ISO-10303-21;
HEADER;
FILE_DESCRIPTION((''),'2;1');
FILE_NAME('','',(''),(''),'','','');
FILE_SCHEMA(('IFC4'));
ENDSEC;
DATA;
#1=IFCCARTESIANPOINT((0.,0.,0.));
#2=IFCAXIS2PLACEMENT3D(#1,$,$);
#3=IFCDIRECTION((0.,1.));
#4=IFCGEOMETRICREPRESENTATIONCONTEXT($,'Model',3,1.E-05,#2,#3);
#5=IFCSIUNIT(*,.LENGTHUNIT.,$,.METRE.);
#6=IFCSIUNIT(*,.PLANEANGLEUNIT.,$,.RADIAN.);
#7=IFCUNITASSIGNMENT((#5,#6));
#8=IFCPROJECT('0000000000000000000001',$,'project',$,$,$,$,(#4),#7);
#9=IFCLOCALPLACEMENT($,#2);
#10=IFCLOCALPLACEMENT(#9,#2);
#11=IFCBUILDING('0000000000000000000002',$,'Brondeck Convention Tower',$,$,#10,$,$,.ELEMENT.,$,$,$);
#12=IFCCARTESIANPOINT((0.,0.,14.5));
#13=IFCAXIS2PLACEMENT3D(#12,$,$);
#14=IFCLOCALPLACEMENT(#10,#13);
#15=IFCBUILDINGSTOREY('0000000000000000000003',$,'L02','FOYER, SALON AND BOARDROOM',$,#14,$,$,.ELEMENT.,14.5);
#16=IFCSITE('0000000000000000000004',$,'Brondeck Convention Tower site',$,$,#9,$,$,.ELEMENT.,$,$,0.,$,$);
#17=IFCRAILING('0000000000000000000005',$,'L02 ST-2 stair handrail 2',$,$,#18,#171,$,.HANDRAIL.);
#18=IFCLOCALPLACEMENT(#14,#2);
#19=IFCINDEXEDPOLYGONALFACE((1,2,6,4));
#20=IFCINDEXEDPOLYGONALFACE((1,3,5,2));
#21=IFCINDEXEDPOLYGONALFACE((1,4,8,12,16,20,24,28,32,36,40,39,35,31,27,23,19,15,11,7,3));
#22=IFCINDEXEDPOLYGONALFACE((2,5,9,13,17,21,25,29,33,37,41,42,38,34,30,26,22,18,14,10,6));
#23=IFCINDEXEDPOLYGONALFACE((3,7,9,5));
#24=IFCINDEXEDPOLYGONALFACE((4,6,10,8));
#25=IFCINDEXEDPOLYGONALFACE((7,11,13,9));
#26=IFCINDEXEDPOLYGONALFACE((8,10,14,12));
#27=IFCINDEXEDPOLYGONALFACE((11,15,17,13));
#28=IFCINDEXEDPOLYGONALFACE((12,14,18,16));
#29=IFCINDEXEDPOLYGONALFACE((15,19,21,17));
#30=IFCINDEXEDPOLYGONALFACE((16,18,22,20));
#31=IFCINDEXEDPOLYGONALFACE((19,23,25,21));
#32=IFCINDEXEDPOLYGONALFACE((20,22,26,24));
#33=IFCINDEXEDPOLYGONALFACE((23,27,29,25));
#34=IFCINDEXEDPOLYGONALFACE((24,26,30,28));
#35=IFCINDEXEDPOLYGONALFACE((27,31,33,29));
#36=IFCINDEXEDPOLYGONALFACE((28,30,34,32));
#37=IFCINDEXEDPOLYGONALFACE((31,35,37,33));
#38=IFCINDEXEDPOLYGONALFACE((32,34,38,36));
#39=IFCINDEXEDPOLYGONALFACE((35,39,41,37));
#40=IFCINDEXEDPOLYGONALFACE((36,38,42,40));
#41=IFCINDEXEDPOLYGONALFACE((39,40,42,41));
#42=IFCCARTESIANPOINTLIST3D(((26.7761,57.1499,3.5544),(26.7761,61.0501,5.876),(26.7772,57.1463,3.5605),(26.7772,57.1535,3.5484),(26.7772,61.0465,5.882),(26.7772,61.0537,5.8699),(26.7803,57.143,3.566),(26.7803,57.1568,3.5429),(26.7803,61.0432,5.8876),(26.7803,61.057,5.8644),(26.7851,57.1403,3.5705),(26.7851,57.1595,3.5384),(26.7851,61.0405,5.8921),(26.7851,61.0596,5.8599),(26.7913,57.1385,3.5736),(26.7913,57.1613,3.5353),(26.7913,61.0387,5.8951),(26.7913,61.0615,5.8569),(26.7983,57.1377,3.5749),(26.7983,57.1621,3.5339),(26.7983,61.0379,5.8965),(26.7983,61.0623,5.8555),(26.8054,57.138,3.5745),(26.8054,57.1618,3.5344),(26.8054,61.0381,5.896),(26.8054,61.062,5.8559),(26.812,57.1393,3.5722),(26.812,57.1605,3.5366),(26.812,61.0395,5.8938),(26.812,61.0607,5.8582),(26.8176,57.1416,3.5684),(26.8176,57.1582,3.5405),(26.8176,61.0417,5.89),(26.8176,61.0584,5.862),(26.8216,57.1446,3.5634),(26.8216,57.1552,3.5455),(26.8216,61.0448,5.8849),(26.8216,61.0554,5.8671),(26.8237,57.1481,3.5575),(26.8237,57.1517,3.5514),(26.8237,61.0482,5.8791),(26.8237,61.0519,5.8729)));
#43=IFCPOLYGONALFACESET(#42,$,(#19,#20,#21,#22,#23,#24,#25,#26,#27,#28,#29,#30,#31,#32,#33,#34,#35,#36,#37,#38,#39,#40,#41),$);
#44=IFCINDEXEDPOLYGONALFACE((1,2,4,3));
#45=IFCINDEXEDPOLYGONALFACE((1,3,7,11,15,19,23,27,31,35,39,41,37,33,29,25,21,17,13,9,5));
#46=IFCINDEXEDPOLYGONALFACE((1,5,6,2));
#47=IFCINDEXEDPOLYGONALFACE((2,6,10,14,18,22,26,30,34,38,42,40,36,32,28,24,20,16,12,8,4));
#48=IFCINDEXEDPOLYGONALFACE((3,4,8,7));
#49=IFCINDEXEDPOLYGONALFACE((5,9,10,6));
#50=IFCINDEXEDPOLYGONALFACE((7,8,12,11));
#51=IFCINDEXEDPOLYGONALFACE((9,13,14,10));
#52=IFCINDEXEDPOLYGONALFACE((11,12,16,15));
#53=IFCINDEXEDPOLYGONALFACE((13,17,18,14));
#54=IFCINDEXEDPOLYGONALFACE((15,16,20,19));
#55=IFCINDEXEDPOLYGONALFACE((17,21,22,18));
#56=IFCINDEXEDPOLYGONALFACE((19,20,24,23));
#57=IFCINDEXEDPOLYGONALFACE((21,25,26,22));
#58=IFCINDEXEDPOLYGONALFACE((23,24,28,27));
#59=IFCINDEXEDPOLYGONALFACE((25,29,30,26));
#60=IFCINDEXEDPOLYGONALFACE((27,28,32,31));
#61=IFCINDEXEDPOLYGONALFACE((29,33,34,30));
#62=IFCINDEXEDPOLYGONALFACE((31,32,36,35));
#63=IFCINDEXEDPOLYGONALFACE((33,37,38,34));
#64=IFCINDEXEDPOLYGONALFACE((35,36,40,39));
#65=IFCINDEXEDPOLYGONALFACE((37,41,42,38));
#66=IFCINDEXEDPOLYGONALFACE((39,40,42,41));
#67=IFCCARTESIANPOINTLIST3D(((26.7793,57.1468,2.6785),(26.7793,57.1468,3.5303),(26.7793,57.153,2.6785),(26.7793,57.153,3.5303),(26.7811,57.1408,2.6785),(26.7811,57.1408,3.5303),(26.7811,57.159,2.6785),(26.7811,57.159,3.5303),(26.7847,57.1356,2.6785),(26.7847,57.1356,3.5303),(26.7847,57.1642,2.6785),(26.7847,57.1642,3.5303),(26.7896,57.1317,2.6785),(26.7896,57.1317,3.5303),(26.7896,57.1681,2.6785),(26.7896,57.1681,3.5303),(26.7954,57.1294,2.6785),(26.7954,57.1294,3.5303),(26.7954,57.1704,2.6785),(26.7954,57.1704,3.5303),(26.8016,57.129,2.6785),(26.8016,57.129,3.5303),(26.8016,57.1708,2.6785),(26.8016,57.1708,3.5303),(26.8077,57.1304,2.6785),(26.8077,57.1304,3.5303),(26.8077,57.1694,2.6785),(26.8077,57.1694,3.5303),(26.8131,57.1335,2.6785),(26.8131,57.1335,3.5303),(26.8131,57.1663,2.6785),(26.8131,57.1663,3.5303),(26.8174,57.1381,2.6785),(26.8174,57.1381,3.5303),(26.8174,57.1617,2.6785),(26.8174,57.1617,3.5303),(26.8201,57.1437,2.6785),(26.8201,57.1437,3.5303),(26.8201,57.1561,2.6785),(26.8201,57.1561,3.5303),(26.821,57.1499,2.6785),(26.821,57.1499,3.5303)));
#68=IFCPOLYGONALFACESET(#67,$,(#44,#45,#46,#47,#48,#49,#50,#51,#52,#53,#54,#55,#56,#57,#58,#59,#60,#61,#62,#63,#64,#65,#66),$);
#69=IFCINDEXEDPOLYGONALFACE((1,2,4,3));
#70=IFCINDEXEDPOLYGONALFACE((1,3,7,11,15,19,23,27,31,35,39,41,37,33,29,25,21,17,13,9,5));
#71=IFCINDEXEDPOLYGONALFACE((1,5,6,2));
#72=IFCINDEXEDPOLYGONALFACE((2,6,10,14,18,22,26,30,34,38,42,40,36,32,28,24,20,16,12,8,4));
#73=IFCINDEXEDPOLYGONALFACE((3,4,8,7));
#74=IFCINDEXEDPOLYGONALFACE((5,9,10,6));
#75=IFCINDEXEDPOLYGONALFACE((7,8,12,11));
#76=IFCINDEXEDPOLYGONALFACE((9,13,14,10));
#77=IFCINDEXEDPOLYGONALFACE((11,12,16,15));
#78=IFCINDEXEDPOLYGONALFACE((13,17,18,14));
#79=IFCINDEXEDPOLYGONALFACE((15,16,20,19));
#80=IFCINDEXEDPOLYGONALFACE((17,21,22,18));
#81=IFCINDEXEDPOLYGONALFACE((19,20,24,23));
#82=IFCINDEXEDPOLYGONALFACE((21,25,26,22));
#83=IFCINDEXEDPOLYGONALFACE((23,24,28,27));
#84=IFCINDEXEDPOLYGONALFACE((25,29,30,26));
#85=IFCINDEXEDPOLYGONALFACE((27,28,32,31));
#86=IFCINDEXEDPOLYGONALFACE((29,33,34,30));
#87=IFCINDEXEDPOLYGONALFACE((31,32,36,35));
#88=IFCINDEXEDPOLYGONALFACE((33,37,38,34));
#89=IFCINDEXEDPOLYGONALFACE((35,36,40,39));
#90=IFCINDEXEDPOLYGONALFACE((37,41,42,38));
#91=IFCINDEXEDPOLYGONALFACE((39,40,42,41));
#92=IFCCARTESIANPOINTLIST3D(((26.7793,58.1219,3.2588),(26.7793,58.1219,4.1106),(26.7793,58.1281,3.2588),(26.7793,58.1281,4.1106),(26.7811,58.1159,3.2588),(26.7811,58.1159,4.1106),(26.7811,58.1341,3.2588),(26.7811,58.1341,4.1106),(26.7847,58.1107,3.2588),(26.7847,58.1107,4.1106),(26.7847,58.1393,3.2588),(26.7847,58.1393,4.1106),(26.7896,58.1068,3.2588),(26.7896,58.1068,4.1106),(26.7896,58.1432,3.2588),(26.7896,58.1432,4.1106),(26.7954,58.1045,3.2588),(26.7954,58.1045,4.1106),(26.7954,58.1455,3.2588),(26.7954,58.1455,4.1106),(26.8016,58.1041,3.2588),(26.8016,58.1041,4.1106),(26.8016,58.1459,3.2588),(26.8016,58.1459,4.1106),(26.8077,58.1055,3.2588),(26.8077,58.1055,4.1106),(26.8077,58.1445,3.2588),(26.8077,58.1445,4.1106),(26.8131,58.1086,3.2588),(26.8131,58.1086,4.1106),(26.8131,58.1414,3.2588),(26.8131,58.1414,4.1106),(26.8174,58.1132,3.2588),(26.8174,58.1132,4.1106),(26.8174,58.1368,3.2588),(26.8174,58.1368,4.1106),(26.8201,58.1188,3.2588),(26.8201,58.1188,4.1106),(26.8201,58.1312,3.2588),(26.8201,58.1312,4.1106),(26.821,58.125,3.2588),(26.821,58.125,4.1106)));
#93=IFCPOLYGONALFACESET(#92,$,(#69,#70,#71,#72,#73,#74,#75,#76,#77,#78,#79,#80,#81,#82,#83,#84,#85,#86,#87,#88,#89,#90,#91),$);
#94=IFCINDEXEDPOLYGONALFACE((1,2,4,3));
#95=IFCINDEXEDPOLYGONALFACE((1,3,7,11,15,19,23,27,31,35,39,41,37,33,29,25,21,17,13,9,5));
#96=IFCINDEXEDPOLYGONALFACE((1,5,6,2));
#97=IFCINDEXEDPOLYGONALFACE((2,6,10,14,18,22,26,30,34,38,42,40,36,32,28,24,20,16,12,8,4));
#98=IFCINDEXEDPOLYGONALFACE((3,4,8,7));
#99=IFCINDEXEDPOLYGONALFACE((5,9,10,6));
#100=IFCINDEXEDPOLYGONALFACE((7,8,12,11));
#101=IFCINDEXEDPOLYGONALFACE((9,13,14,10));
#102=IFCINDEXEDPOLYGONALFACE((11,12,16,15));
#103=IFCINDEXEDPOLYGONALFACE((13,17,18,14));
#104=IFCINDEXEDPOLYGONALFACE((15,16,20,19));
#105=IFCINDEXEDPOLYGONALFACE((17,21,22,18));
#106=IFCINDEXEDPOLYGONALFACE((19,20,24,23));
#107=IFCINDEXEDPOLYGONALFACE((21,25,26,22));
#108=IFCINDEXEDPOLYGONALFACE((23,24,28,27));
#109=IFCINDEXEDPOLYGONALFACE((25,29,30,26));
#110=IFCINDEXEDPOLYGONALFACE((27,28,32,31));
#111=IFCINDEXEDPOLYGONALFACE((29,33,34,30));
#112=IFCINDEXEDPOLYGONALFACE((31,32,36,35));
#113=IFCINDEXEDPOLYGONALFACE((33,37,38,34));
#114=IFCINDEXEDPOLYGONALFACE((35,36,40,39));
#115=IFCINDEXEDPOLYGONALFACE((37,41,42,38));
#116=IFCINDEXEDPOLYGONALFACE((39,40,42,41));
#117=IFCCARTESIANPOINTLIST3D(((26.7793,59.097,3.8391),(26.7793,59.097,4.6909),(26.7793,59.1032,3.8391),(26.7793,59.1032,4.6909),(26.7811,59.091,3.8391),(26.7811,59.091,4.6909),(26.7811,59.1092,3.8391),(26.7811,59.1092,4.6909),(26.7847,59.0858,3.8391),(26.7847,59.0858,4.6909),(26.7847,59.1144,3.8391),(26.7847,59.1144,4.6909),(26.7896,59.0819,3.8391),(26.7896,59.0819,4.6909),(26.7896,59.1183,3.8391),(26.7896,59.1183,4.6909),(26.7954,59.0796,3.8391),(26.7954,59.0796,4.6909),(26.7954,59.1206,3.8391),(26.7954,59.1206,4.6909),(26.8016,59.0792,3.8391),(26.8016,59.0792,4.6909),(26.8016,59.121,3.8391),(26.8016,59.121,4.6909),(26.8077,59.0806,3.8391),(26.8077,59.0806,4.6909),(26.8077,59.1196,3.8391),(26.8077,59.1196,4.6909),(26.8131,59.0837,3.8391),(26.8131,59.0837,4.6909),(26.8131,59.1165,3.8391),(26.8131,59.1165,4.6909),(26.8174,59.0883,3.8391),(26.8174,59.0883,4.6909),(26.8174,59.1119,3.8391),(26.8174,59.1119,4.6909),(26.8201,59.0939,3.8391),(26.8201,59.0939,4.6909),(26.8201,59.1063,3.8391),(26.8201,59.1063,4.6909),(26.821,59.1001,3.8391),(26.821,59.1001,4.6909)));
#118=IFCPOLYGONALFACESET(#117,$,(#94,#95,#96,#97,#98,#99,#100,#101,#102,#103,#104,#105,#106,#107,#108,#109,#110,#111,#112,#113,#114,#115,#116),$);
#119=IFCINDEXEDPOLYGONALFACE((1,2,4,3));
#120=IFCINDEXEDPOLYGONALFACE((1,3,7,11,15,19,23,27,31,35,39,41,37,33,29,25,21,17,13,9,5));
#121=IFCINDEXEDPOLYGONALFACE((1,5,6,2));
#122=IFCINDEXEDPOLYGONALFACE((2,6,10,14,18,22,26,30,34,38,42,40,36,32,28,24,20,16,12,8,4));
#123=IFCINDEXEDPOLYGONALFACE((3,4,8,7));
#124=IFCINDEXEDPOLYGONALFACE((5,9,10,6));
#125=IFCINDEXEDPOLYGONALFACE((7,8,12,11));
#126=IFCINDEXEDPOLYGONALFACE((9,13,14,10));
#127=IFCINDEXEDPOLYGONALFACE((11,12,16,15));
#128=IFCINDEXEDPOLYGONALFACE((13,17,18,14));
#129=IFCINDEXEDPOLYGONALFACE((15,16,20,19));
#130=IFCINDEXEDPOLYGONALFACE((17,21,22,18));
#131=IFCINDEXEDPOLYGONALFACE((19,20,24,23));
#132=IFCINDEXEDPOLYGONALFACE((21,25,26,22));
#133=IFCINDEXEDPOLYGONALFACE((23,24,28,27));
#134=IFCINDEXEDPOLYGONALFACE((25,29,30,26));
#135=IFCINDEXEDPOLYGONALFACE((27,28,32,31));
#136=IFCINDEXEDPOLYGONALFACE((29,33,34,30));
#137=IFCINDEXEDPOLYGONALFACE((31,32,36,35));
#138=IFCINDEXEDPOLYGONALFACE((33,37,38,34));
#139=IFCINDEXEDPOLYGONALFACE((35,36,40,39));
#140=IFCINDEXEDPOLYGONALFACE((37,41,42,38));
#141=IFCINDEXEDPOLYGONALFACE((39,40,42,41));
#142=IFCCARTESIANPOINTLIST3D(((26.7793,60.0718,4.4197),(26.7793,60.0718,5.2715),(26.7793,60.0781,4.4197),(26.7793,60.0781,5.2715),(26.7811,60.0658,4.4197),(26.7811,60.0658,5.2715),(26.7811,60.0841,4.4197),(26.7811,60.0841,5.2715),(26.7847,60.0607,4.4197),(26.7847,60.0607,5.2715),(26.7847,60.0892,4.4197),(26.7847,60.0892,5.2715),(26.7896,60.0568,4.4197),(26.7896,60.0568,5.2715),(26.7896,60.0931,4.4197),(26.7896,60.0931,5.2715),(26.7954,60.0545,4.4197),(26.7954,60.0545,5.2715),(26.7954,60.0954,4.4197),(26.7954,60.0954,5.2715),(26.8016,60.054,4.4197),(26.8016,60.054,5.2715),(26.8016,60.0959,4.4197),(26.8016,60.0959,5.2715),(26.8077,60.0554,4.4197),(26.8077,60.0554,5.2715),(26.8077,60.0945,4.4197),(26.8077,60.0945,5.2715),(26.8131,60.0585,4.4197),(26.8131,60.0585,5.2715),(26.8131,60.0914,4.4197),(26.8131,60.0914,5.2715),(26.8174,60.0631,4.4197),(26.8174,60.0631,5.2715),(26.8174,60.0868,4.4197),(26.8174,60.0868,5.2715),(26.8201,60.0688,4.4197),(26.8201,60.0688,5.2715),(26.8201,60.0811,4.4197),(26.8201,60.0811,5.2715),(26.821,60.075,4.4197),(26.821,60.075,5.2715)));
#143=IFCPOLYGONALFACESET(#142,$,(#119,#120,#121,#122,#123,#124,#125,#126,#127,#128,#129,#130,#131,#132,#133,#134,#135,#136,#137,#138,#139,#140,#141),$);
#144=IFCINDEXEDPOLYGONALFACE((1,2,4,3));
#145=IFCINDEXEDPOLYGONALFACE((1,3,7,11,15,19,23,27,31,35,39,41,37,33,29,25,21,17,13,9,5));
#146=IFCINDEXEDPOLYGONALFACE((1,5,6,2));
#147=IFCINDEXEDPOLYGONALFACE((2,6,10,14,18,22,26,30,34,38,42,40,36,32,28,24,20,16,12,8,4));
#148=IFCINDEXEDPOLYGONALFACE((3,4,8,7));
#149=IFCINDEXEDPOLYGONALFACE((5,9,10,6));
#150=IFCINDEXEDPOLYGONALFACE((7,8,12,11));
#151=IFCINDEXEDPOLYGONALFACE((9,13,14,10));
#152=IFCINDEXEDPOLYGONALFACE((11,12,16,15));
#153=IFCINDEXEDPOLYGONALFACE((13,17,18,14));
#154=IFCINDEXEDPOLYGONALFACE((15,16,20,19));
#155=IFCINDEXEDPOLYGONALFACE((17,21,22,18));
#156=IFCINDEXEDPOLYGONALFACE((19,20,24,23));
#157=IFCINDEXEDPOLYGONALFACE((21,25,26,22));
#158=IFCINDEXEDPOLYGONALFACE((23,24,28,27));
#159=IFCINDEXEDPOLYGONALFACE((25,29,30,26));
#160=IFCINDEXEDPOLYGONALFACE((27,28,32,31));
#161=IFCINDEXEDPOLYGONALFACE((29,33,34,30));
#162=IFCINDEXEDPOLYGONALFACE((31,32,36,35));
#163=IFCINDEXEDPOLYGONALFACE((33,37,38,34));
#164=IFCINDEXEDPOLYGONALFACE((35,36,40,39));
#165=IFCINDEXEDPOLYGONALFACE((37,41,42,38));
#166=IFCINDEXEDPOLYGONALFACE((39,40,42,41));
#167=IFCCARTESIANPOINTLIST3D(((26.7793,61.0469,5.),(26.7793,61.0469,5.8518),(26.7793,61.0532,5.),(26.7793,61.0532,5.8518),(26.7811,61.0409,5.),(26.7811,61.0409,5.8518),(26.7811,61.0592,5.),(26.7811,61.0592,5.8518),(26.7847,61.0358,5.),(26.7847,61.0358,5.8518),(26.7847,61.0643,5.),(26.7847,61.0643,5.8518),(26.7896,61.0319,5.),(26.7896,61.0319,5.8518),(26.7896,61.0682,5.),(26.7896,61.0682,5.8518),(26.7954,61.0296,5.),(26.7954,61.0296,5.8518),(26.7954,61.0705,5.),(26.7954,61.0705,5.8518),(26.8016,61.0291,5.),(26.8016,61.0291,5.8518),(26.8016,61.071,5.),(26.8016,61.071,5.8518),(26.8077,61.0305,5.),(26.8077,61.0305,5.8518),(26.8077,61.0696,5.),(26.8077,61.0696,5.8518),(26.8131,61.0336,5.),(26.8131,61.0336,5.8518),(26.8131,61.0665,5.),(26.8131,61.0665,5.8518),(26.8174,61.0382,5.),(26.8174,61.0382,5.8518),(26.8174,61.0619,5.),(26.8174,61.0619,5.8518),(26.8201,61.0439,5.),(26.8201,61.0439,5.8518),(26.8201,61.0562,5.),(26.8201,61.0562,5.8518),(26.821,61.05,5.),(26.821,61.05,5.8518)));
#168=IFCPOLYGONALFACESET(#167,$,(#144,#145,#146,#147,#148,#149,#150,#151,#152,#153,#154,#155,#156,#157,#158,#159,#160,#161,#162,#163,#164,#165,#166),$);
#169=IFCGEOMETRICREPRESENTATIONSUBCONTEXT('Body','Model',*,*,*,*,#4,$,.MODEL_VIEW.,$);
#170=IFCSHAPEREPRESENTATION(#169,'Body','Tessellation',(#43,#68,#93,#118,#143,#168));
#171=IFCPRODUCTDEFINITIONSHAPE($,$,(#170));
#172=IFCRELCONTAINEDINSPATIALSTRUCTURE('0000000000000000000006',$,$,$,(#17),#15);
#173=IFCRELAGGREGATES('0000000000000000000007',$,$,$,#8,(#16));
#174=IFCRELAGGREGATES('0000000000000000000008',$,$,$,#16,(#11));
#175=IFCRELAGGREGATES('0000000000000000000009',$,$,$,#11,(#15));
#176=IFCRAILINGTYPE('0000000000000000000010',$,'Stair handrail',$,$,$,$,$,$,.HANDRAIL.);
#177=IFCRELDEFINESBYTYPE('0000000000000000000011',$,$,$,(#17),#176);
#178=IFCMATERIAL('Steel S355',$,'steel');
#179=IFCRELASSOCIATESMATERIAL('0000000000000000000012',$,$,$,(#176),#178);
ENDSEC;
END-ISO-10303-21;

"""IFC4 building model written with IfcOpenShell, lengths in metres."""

from ifc_helpers import new_model, si_unit, direction, frame, origin, origin_2d, place, context, subcontext, project, spatial, circle, extrude, material, type_object, element, save


model = new_model("IFC4")

# Units and contexts
model_context = context("Model", 3, precision=1e-05, world=origin(), true_north=direction((0.0, 1.0)))
body_context = subcontext(model_context, "Body", "Model", "MODEL_VIEW")
ifc_project = project(units=[si_unit("LENGTHUNIT", "METRE"), si_unit("PLANEANGLEUNIT", "RADIAN")], contexts=[model_context])

# Site, building, storey
site_placement = place(None, origin())
site = spatial("IfcSite", under=ifc_project, at=site_placement, Name="Brondeck Convention Tower site", CompositionType="ELEMENT", RefElevation=0.0)
building_placement = place(site_placement, origin())
building = spatial("IfcBuilding", under=site, at=building_placement, Name="Brondeck Convention Tower", CompositionType="ELEMENT")
storey_placement = place(building_placement, frame((0.0, 0.0, 14.5)))
storey = spatial("IfcBuildingStorey", under=building, at=storey_placement, Name="L02", Description="FOYER, SALON AND BOARDROOM", CompositionType="ELEMENT", Elevation=14.5)

# Shared definitions
ifc_material_1 = material(Name="Steel S355", Category="steel")

# Railing
railing_type_1 = type_object("IfcRailingType", Name="Stair handrail", PredefinedType="HANDRAIL", material=ifc_material_1)
railing_1_placement = place(storey_placement, frame((26.8, 57.1499, 2.6785)))
element("IfcRailing", 1, at=railing_1_placement, inside=storey, type_object=railing_type_1, Name="L02 ST-2 stair handrail 2", PredefinedType="HANDRAIL", context=body_context, shape_type="SweptSolid", body=[
    extrude(circle(Radius=0.0239, at=origin_2d()), frame((0.0, 0.0, 0.876), z_axis=(0.0, 0.859291, 0.511487), x_axis=(-1.0, 0.0, 0.0)), (0.0, 0.0, 1.0), 4.5388),
    extrude(circle(Radius=0.021, at=origin_2d()), origin(), (0.0, 0.0, 1.0), 0.8518),
    extrude(circle(Radius=0.021, at=origin_2d()), frame((0.0, 0.9751, 0.5803)), (0.0, 0.0, 1.0), 0.8518),
    extrude(circle(Radius=0.021, at=origin_2d()), frame((0.0, 1.9502, 1.1606)), (0.0, 0.0, 1.0), 0.8518),
    extrude(circle(Radius=0.021, at=origin_2d()), frame((0.0, 2.925, 1.7412)), (0.0, 0.0, 1.0), 0.8518),
    extrude(circle(Radius=0.021, at=origin_2d()), frame((0.0, 3.9001, 2.3215)), (0.0, 0.0, 1.0), 0.8518),
])

save(model, "model.ifc")
